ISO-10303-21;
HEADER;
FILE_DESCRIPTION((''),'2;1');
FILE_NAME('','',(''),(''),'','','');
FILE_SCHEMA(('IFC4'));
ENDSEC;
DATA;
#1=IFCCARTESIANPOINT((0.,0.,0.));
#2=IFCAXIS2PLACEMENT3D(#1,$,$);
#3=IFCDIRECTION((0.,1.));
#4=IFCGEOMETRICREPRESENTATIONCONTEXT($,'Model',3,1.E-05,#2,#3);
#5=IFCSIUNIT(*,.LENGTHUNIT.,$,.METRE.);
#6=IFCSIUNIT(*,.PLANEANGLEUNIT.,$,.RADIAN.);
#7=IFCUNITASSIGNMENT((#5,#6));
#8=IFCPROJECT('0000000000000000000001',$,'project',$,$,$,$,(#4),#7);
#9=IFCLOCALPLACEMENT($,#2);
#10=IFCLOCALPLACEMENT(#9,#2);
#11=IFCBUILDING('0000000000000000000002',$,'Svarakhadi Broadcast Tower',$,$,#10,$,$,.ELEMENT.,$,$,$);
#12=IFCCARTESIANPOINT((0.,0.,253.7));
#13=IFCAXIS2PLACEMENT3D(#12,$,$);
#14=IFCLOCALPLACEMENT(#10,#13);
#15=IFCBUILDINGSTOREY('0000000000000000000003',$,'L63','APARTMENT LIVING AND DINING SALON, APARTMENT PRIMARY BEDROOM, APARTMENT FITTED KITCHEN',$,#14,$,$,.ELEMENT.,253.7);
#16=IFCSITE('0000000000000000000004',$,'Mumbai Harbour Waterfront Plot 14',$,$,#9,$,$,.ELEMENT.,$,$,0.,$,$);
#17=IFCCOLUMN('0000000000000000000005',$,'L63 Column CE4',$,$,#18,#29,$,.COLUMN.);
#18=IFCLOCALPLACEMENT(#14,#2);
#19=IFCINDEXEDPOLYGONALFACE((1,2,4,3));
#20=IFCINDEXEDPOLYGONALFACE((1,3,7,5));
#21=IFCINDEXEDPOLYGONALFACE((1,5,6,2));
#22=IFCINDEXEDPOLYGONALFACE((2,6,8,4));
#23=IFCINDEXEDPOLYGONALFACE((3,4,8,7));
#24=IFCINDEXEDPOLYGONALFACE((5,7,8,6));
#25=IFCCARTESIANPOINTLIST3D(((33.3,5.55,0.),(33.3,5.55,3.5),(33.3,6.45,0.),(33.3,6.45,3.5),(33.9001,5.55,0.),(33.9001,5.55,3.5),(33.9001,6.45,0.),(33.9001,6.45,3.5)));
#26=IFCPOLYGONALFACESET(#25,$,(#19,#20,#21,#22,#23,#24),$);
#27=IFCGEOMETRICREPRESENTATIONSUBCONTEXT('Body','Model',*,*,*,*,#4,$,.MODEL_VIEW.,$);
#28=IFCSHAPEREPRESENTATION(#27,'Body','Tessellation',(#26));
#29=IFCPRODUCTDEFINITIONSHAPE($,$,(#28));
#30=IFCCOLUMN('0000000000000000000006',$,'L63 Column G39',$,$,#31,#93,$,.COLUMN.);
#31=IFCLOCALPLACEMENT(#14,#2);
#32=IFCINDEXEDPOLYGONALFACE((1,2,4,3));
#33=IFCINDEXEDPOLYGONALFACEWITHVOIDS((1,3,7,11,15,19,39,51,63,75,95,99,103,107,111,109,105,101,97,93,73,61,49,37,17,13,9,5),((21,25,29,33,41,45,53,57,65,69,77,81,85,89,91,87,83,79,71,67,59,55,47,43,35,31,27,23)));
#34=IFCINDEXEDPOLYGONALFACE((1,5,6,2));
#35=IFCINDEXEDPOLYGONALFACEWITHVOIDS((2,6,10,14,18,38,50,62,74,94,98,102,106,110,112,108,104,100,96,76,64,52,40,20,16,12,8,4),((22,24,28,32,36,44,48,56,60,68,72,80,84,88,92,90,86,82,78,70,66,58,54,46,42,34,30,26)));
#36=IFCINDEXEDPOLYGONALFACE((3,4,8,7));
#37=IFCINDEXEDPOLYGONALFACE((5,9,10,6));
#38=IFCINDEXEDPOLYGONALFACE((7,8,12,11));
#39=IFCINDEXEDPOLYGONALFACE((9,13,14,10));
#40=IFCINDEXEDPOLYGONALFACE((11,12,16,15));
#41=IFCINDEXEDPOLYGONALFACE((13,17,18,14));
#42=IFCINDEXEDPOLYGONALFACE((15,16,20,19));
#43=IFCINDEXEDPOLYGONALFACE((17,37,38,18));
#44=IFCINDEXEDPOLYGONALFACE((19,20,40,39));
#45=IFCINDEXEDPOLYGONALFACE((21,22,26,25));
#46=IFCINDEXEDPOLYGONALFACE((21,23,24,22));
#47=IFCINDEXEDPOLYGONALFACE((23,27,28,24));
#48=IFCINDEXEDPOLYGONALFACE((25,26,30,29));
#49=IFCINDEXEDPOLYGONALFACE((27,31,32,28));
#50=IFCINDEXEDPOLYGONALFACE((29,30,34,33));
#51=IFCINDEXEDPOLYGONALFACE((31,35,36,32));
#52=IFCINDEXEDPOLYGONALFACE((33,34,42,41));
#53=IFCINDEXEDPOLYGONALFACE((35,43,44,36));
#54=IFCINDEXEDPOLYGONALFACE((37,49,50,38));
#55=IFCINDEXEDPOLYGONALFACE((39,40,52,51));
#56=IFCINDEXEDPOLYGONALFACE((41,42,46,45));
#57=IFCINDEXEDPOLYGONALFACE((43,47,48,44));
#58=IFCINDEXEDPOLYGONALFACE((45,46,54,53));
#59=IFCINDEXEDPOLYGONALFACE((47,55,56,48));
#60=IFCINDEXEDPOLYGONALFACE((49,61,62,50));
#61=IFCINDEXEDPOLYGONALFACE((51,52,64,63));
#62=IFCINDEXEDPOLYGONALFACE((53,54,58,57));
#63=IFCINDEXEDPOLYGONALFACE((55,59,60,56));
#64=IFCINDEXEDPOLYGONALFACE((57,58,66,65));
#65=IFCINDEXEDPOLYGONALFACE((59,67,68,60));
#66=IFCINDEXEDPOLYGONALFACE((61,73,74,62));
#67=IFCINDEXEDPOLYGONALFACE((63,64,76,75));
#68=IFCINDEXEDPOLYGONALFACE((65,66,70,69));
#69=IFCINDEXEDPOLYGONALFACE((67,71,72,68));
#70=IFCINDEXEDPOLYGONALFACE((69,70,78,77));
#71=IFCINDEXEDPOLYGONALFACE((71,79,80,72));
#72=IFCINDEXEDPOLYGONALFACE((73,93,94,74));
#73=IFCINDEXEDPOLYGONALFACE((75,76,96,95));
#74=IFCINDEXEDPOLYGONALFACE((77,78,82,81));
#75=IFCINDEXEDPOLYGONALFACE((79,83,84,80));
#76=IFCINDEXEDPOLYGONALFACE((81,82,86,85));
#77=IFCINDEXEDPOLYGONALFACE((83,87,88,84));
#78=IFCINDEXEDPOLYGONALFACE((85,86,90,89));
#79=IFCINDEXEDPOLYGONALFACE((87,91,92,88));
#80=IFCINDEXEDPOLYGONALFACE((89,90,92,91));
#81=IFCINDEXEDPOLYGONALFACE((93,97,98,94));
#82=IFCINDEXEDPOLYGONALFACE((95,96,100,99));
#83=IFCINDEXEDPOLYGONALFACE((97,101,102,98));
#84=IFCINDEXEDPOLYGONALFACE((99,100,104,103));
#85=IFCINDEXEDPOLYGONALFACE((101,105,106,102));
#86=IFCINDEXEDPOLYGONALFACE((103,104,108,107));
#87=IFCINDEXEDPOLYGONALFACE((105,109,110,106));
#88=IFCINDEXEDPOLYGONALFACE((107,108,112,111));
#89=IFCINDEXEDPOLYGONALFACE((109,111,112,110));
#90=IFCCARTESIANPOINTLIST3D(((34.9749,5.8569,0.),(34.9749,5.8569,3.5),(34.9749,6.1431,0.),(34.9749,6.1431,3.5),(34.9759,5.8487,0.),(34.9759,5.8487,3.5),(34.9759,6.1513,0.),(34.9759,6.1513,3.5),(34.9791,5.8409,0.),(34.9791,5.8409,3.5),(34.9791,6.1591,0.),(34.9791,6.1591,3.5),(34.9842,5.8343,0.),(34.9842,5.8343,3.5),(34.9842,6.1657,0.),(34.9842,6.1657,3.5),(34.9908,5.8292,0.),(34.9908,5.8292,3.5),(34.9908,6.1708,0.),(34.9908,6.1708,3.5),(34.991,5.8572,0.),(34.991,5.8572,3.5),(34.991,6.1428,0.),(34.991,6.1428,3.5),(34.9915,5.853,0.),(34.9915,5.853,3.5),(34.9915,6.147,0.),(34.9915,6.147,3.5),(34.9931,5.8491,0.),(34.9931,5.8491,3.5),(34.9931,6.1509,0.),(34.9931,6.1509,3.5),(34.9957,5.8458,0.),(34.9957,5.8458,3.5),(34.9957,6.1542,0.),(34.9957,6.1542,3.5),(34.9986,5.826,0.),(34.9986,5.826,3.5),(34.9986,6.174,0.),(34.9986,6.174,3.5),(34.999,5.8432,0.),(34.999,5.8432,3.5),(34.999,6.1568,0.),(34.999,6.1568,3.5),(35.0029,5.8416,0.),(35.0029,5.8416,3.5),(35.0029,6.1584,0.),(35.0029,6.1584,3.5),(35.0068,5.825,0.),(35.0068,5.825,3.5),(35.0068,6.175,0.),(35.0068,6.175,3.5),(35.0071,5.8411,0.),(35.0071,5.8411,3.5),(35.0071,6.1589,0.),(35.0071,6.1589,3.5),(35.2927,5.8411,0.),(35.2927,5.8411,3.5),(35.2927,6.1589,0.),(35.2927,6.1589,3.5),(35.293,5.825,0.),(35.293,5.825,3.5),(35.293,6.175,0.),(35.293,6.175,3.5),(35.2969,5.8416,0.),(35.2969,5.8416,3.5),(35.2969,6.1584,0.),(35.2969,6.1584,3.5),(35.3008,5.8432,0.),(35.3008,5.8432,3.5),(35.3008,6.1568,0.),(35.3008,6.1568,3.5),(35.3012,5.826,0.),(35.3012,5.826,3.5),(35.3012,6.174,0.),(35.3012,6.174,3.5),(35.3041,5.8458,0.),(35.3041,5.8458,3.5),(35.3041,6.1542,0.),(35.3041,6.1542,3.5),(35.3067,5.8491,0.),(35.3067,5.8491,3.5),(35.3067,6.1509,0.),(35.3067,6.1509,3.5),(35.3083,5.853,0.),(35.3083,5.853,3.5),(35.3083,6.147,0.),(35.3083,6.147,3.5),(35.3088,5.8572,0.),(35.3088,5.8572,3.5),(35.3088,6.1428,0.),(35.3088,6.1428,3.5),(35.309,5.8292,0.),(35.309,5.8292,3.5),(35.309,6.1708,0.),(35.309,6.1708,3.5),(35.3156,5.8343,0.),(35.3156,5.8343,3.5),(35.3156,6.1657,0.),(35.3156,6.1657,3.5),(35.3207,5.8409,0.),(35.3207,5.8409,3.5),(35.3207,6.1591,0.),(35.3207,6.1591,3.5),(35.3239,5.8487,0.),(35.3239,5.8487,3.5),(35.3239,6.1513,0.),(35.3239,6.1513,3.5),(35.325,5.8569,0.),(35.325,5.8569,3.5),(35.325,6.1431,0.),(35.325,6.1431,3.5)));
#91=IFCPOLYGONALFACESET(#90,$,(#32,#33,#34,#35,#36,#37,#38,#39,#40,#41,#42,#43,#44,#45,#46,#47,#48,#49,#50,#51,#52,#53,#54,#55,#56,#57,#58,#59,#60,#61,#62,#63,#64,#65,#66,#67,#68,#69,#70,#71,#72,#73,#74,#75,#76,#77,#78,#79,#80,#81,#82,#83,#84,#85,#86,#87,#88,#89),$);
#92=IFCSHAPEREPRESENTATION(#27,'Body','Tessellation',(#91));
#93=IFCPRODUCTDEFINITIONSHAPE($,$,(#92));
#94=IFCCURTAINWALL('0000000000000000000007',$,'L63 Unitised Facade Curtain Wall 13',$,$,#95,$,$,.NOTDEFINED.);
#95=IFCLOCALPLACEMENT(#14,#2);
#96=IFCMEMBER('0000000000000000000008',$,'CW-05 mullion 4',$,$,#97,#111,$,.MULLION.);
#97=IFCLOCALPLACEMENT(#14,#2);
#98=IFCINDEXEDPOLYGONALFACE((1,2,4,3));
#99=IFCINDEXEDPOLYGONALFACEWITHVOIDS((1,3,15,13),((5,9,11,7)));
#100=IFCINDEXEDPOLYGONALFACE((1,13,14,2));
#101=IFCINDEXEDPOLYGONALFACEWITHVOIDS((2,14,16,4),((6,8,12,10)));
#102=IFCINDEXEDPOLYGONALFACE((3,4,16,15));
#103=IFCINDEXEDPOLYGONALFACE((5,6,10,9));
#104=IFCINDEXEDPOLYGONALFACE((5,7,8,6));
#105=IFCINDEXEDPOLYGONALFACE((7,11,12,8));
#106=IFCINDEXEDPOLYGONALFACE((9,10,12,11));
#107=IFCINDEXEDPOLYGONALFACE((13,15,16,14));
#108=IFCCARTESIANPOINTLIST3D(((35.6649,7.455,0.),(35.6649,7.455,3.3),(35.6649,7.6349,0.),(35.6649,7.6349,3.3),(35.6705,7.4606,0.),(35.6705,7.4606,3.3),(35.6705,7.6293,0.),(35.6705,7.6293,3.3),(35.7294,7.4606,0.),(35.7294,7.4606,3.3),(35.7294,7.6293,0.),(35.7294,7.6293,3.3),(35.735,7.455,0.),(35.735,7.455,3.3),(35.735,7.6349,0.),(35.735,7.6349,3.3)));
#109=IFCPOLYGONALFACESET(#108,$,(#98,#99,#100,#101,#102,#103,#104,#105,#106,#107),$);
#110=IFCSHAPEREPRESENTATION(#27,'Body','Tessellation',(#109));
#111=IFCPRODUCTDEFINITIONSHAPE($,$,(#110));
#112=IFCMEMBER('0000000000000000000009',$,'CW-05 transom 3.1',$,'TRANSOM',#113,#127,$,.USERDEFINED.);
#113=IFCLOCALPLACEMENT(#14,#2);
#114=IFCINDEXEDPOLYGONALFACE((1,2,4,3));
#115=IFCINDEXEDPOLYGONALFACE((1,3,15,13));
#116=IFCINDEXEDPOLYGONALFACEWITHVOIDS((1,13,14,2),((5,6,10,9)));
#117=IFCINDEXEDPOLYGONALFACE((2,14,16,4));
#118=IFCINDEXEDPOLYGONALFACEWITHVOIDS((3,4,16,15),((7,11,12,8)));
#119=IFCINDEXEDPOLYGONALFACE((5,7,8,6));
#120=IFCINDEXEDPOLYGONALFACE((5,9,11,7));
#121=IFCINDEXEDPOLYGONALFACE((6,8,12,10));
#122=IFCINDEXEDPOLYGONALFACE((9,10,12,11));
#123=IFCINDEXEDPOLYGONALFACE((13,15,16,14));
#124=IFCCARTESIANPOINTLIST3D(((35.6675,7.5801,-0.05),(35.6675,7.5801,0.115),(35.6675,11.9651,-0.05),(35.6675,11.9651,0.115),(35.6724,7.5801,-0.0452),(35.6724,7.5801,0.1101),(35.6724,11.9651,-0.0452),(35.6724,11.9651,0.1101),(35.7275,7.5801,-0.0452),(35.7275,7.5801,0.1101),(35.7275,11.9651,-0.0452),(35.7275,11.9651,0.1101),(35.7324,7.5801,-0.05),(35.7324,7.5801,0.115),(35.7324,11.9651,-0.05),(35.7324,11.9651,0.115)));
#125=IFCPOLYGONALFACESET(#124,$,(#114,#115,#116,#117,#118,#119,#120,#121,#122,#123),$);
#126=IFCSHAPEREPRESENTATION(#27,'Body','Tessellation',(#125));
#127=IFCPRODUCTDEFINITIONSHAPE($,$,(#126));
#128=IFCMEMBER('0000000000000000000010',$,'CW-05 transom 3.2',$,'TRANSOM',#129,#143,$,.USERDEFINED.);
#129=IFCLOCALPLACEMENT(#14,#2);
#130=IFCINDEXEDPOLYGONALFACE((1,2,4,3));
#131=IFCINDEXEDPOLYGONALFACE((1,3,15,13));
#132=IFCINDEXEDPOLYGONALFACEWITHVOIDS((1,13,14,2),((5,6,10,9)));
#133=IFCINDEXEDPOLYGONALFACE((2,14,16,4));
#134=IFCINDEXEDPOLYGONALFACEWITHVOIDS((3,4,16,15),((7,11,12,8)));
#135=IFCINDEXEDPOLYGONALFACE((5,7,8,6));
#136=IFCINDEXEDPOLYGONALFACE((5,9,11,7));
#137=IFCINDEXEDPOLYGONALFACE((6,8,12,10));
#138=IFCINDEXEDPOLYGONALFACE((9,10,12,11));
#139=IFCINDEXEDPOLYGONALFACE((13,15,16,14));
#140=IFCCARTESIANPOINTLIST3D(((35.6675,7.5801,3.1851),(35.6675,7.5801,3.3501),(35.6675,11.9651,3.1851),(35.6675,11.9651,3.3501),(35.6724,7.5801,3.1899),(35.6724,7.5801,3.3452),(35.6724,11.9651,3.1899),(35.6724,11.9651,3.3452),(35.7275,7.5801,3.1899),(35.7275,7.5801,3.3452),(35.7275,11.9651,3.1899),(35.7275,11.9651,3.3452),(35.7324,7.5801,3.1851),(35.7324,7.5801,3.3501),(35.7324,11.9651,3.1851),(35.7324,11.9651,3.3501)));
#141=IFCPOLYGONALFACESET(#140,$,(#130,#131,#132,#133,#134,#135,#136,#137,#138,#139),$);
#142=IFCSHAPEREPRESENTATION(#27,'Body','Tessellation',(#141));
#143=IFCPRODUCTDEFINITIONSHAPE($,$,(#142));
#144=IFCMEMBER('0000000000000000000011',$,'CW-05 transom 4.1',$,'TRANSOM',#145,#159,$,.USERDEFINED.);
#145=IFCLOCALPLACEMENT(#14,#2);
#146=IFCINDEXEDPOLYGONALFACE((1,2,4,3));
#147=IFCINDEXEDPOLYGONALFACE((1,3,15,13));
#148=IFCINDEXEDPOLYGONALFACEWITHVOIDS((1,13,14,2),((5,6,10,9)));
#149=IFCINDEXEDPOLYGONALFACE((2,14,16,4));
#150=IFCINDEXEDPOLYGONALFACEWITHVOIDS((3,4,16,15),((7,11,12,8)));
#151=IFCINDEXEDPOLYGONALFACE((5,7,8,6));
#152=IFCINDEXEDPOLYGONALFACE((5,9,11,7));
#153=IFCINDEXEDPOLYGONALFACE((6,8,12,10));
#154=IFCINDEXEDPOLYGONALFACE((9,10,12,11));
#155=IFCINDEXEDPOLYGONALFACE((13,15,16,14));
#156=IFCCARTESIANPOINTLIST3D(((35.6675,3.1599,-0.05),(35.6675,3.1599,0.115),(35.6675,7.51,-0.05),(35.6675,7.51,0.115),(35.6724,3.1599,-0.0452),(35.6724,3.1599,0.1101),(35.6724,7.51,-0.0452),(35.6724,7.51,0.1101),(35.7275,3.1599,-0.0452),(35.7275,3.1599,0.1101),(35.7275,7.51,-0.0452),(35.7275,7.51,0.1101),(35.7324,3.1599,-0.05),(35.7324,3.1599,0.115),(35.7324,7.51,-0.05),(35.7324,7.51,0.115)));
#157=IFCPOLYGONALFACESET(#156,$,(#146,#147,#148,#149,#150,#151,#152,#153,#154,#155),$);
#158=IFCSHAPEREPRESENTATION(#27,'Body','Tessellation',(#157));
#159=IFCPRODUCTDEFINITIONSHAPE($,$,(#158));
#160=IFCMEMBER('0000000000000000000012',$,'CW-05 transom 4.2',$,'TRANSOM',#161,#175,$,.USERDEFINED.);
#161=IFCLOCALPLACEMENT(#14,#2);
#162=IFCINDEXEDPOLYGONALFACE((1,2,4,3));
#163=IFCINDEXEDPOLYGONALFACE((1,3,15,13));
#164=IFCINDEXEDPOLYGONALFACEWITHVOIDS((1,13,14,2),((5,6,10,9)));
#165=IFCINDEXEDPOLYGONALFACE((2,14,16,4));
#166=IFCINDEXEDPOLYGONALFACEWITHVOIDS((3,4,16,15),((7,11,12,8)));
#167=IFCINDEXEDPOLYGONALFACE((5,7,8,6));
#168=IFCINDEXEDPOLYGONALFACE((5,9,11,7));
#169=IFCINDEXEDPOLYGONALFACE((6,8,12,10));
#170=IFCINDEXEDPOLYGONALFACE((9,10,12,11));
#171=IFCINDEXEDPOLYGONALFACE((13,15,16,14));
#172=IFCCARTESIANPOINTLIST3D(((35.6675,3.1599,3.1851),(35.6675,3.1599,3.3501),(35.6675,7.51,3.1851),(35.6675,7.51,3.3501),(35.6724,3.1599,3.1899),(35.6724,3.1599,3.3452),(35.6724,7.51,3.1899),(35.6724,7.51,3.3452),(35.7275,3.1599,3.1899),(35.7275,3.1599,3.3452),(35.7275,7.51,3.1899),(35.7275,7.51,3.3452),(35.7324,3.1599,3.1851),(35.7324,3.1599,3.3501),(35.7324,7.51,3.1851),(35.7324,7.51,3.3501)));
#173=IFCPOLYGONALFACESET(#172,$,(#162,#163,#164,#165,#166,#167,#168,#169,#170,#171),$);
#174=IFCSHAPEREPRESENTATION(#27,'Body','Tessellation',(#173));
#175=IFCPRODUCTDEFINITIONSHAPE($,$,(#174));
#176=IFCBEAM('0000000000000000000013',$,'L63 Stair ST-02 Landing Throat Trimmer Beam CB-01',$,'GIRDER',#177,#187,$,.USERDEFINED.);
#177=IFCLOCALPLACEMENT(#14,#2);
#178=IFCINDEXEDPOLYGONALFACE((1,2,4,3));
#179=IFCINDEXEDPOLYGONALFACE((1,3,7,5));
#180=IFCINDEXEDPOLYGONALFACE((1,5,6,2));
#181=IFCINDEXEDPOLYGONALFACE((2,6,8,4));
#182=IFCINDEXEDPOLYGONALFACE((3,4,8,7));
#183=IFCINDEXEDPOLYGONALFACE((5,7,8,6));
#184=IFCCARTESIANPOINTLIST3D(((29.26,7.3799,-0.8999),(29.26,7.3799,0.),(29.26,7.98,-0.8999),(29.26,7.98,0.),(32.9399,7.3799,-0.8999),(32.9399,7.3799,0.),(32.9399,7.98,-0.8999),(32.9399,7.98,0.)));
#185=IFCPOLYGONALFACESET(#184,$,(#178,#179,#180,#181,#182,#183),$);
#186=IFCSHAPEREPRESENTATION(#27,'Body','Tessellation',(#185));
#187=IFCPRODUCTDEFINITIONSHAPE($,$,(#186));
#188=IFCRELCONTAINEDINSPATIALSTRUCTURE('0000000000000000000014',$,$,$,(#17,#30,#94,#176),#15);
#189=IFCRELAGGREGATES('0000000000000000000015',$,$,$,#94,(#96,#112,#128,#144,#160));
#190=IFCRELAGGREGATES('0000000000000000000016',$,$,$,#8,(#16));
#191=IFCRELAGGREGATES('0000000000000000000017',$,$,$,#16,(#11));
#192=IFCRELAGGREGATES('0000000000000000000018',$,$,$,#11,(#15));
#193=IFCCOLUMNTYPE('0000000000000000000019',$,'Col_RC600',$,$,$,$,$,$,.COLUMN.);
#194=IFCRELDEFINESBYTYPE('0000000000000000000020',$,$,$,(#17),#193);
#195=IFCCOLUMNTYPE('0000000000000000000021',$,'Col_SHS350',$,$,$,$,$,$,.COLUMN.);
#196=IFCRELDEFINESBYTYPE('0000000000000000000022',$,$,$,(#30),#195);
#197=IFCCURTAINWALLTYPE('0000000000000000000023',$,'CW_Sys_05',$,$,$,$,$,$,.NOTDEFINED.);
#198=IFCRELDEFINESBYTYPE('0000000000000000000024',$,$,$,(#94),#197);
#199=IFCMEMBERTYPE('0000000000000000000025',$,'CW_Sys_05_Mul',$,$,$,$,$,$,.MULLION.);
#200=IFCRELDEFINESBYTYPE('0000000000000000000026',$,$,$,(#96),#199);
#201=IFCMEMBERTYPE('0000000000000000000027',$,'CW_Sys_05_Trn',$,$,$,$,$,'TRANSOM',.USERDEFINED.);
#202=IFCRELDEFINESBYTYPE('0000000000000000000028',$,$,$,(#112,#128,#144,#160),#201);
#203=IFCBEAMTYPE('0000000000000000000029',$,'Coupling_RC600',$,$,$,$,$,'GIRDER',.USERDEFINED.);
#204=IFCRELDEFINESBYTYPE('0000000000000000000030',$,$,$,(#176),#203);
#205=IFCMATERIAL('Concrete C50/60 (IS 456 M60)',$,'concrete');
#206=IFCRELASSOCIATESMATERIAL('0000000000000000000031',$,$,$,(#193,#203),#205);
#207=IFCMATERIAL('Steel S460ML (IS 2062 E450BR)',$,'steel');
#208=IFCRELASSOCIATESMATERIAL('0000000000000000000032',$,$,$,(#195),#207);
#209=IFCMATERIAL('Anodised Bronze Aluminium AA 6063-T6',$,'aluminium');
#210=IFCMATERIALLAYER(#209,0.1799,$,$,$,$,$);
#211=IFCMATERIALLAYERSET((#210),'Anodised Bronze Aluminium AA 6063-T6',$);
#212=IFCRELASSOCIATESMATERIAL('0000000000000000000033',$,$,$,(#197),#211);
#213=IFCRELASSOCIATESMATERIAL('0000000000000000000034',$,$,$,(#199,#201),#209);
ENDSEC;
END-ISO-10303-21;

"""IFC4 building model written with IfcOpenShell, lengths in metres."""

from ifc_helpers import new_model, si_unit, direction, frame, origin, origin_2d, place, context, subcontext, project, spatial, rectangle, hollow_rectangle, extrude, material, layer, layer_set, material_profile, profile_set, type_object, element, aggregate, save


model = new_model("IFC4")

# Units and contexts
model_context = context("Model", 3, precision=1e-05, world=origin(), true_north=direction((0.0, 1.0)))
body_context = subcontext(model_context, "Body", "Model", "MODEL_VIEW")
ifc_project = project(units=[si_unit("LENGTHUNIT", "METRE"), si_unit("PLANEANGLEUNIT", "RADIAN")], contexts=[model_context])

# Site, building, storey
site_placement = place(None, origin())
site = spatial("IfcSite", under=ifc_project, at=site_placement, Name="Mumbai Harbour Waterfront Plot 14", CompositionType="ELEMENT", RefElevation=0.0)
building_placement = place(site_placement, origin())
building = spatial("IfcBuilding", under=site, at=building_placement, Name="Svarakhadi Broadcast Tower", CompositionType="ELEMENT")
storey_placement = place(building_placement, frame((0.0, 0.0, 253.7)))
storey = spatial("IfcBuildingStorey", under=building, at=storey_placement, Name="L63", Description="APARTMENT LIVING AND DINING SALON, APARTMENT PRIMARY BEDROOM, APARTMENT FITTED KITCHEN", CompositionType="ELEMENT", Elevation=253.7)

# Columns
ifc_material_1 = material(Name="Concrete C50/60 (IS 456 M60)", Category="concrete")
ifc_material_profile_1 = material_profile(ifc_material_1, rectangle(XDim=0.6001, YDim=0.8999, at=origin_2d()), Name="RC 600x900")
ifc_profile_set_1 = profile_set([ifc_material_profile_1], Name="Concrete C50/60 (IS 456 M60)")
column_type_1 = type_object("IfcColumnType", Name="Col_RC600", PredefinedType="COLUMN", material=ifc_profile_set_1)
column_1_placement = place(storey_placement, frame((33.6001, 6.0, 0.0), z_axis=(0.0, 0.0, 1.0), x_axis=(1.0, 0.0, 0.0)))
element("IfcColumn", 1, at=column_1_placement, inside=storey, type_object=column_type_1, Name="L63 Column CE4", PredefinedType="COLUMN", context=body_context, shape_type="SweptSolid", body=[
    extrude(rectangle(XDim=0.6001, YDim=0.8999, at=origin_2d()), origin(), (0.0, 0.0, 1.0), 3.5),
])
ifc_material_2 = material(Name="Steel S460ML (IS 2062 E450BR)", Category="steel")
ifc_material_profile_2 = material_profile(ifc_material_2, hollow_rectangle(XDim=0.3501, YDim=0.3501, WallThickness=0.0161, InnerFilletRadius=0.0161, OuterFilletRadius=0.032, at=origin_2d()), Name="SHS 350x350x16")
ifc_profile_set_2 = profile_set([ifc_material_profile_2], Name="Steel S460ML (IS 2062 E450BR)")
column_type_2 = type_object("IfcColumnType", Name="Col_SHS350", PredefinedType="COLUMN", material=ifc_profile_set_2)
column_2_placement = place(storey_placement, frame((35.1499, 6.0, 0.0), z_axis=(0.0, 0.0, 1.0), x_axis=(1.0, 0.0, 0.0)))
element("IfcColumn", 2, at=column_2_placement, inside=storey, type_object=column_type_2, Name="L63 Column G39", PredefinedType="COLUMN", context=body_context, shape_type="SweptSolid", body=[
    extrude(hollow_rectangle(XDim=0.3501, YDim=0.3501, WallThickness=0.0161, InnerFilletRadius=0.0161, OuterFilletRadius=0.032, at=origin_2d()), origin(), (0.0, 0.0, 1.0), 3.5),
])

# Curtain wall, members
ifc_material_3 = material(Name="Anodised Bronze Aluminium AA 6063-T6", Category="aluminium")
ifc_layer_1 = layer(ifc_material_3, 0.1799)
ifc_layer_set_1 = layer_set([ifc_layer_1], Name="Anodised Bronze Aluminium AA 6063-T6")
curtain_wall_type = type_object("IfcCurtainWallType", Name="CW_Sys_05", PredefinedType="NOTDEFINED", material=ifc_layer_set_1)
curtain_wall_placement = place(storey_placement, origin())
curtain_wall = element("IfcCurtainWall", 3, at=curtain_wall_placement, inside=storey, type_object=curtain_wall_type, Name="L63 Unitised Facade Curtain Wall 13", PredefinedType="NOTDEFINED")
ifc_material_profile_3 = material_profile(ifc_material_3, hollow_rectangle(XDim=0.0701, YDim=0.1799, WallThickness=0.0056, at=origin_2d()), Name="ALU MULLION 180x70x6")
ifc_profile_set_3 = profile_set([ifc_material_profile_3], Name="Anodised Bronze Aluminium AA 6063-T6")
member_type_1 = type_object("IfcMemberType", Name="CW_Sys_05_Mul", PredefinedType="MULLION", material=ifc_profile_set_3)
member_1_placement = place(storey_placement, frame((35.7, 7.5449, 0.0), z_axis=(0.0, 0.0, 1.0), x_axis=(1.0, 0.0, 0.0)))
member_1 = element("IfcMember", 4, at=member_1_placement, type_object=member_type_1, Name="CW-05 mullion 4", PredefinedType="MULLION", context=body_context, shape_type="SweptSolid", body=[
    extrude(hollow_rectangle(XDim=0.0701, YDim=0.1799, WallThickness=0.0056, at=origin_2d()), origin(), (0.0, 0.0, 1.0), 3.3),
])
ifc_material_profile_4 = material_profile(ifc_material_3, hollow_rectangle(XDim=0.0649, YDim=0.165, WallThickness=0.0049, at=origin_2d()), Name="ALU TRANSOM 165x65x5")
ifc_profile_set_4 = profile_set([ifc_material_profile_4], Name="Anodised Bronze Aluminium AA 6063-T6")
member_type_2 = type_object("IfcMemberType", Name="CW_Sys_05_Trn", ElementType="TRANSOM", PredefinedType="USERDEFINED", material=ifc_profile_set_4)
member_2_placement = place(storey_placement, frame((35.7, 11.9651, 0.0325), z_axis=(0.0, -1.0, 0.0), x_axis=(1.0, 0.0, 0.0)))
member_2 = element("IfcMember", 5, at=member_2_placement, type_object=member_type_2, Name="CW-05 transom 3.1", ObjectType="TRANSOM", PredefinedType="USERDEFINED", context=body_context, shape_type="SweptSolid", body=[
    extrude(hollow_rectangle(XDim=0.0649, YDim=0.165, WallThickness=0.0049, at=origin_2d()), origin(), (0.0, 0.0, 1.0), 4.385),
])
member_3_placement = place(storey_placement, frame((35.7, 11.9651, 3.2676), z_axis=(0.0, -1.0, 0.0), x_axis=(1.0, 0.0, 0.0)))
member_3 = element("IfcMember", 6, at=member_3_placement, type_object=member_type_2, Name="CW-05 transom 3.2", ObjectType="TRANSOM", PredefinedType="USERDEFINED", context=body_context, shape_type="SweptSolid", body=[
    extrude(hollow_rectangle(XDim=0.0649, YDim=0.165, WallThickness=0.0049, at=origin_2d()), origin(), (0.0, 0.0, 1.0), 4.385),
])
member_4_placement = place(storey_placement, frame((35.7, 7.51, 0.0325), z_axis=(0.0, -1.0, 0.0), x_axis=(1.0, 0.0, 0.0)))
member_4 = element("IfcMember", 7, at=member_4_placement, type_object=member_type_2, Name="CW-05 transom 4.1", ObjectType="TRANSOM", PredefinedType="USERDEFINED", context=body_context, shape_type="SweptSolid", body=[
    extrude(hollow_rectangle(XDim=0.0649, YDim=0.165, WallThickness=0.0049, at=origin_2d()), origin(), (0.0, 0.0, 1.0), 4.3501),
])
member_5_placement = place(storey_placement, frame((35.7, 7.51, 3.2676), z_axis=(0.0, -1.0, 0.0), x_axis=(1.0, 0.0, 0.0)))
member_5 = element("IfcMember", 8, at=member_5_placement, type_object=member_type_2, Name="CW-05 transom 4.2", ObjectType="TRANSOM", PredefinedType="USERDEFINED", context=body_context, shape_type="SweptSolid", body=[
    extrude(hollow_rectangle(XDim=0.0649, YDim=0.165, WallThickness=0.0049, at=origin_2d()), origin(), (0.0, 0.0, 1.0), 4.3501),
])

# Beam
ifc_material_profile_5 = material_profile(ifc_material_1, rectangle(XDim=0.6001, YDim=0.8999, at=origin_2d()), Name="RC 600x900")
ifc_profile_set_5 = profile_set([ifc_material_profile_5], Name="Concrete C50/60 (IS 456 M60)")
beam_type_1 = type_object("IfcBeamType", Name="Coupling_RC600", ElementType="GIRDER", PredefinedType="USERDEFINED", material=ifc_profile_set_5)
beam_1_placement = place(storey_placement, frame((29.26, 7.6799, -0.45), z_axis=(1.0, 0.0, 0.0), x_axis=(0.0, 1.0, 0.0)))
element("IfcBeam", 9, at=beam_1_placement, inside=storey, type_object=beam_type_1, Name="L63 Stair ST-02 Landing Throat Trimmer Beam CB-01", ObjectType="GIRDER", PredefinedType="USERDEFINED", context=body_context, shape_type="SweptSolid", body=[
    extrude(rectangle(XDim=0.6001, YDim=0.8999, at=origin_2d()), origin(), (0.0, 0.0, 1.0), 3.6799),
])

aggregate(curtain_wall, [member_1, member_2, member_3, member_4, member_5])

save(model, "model.ifc")
